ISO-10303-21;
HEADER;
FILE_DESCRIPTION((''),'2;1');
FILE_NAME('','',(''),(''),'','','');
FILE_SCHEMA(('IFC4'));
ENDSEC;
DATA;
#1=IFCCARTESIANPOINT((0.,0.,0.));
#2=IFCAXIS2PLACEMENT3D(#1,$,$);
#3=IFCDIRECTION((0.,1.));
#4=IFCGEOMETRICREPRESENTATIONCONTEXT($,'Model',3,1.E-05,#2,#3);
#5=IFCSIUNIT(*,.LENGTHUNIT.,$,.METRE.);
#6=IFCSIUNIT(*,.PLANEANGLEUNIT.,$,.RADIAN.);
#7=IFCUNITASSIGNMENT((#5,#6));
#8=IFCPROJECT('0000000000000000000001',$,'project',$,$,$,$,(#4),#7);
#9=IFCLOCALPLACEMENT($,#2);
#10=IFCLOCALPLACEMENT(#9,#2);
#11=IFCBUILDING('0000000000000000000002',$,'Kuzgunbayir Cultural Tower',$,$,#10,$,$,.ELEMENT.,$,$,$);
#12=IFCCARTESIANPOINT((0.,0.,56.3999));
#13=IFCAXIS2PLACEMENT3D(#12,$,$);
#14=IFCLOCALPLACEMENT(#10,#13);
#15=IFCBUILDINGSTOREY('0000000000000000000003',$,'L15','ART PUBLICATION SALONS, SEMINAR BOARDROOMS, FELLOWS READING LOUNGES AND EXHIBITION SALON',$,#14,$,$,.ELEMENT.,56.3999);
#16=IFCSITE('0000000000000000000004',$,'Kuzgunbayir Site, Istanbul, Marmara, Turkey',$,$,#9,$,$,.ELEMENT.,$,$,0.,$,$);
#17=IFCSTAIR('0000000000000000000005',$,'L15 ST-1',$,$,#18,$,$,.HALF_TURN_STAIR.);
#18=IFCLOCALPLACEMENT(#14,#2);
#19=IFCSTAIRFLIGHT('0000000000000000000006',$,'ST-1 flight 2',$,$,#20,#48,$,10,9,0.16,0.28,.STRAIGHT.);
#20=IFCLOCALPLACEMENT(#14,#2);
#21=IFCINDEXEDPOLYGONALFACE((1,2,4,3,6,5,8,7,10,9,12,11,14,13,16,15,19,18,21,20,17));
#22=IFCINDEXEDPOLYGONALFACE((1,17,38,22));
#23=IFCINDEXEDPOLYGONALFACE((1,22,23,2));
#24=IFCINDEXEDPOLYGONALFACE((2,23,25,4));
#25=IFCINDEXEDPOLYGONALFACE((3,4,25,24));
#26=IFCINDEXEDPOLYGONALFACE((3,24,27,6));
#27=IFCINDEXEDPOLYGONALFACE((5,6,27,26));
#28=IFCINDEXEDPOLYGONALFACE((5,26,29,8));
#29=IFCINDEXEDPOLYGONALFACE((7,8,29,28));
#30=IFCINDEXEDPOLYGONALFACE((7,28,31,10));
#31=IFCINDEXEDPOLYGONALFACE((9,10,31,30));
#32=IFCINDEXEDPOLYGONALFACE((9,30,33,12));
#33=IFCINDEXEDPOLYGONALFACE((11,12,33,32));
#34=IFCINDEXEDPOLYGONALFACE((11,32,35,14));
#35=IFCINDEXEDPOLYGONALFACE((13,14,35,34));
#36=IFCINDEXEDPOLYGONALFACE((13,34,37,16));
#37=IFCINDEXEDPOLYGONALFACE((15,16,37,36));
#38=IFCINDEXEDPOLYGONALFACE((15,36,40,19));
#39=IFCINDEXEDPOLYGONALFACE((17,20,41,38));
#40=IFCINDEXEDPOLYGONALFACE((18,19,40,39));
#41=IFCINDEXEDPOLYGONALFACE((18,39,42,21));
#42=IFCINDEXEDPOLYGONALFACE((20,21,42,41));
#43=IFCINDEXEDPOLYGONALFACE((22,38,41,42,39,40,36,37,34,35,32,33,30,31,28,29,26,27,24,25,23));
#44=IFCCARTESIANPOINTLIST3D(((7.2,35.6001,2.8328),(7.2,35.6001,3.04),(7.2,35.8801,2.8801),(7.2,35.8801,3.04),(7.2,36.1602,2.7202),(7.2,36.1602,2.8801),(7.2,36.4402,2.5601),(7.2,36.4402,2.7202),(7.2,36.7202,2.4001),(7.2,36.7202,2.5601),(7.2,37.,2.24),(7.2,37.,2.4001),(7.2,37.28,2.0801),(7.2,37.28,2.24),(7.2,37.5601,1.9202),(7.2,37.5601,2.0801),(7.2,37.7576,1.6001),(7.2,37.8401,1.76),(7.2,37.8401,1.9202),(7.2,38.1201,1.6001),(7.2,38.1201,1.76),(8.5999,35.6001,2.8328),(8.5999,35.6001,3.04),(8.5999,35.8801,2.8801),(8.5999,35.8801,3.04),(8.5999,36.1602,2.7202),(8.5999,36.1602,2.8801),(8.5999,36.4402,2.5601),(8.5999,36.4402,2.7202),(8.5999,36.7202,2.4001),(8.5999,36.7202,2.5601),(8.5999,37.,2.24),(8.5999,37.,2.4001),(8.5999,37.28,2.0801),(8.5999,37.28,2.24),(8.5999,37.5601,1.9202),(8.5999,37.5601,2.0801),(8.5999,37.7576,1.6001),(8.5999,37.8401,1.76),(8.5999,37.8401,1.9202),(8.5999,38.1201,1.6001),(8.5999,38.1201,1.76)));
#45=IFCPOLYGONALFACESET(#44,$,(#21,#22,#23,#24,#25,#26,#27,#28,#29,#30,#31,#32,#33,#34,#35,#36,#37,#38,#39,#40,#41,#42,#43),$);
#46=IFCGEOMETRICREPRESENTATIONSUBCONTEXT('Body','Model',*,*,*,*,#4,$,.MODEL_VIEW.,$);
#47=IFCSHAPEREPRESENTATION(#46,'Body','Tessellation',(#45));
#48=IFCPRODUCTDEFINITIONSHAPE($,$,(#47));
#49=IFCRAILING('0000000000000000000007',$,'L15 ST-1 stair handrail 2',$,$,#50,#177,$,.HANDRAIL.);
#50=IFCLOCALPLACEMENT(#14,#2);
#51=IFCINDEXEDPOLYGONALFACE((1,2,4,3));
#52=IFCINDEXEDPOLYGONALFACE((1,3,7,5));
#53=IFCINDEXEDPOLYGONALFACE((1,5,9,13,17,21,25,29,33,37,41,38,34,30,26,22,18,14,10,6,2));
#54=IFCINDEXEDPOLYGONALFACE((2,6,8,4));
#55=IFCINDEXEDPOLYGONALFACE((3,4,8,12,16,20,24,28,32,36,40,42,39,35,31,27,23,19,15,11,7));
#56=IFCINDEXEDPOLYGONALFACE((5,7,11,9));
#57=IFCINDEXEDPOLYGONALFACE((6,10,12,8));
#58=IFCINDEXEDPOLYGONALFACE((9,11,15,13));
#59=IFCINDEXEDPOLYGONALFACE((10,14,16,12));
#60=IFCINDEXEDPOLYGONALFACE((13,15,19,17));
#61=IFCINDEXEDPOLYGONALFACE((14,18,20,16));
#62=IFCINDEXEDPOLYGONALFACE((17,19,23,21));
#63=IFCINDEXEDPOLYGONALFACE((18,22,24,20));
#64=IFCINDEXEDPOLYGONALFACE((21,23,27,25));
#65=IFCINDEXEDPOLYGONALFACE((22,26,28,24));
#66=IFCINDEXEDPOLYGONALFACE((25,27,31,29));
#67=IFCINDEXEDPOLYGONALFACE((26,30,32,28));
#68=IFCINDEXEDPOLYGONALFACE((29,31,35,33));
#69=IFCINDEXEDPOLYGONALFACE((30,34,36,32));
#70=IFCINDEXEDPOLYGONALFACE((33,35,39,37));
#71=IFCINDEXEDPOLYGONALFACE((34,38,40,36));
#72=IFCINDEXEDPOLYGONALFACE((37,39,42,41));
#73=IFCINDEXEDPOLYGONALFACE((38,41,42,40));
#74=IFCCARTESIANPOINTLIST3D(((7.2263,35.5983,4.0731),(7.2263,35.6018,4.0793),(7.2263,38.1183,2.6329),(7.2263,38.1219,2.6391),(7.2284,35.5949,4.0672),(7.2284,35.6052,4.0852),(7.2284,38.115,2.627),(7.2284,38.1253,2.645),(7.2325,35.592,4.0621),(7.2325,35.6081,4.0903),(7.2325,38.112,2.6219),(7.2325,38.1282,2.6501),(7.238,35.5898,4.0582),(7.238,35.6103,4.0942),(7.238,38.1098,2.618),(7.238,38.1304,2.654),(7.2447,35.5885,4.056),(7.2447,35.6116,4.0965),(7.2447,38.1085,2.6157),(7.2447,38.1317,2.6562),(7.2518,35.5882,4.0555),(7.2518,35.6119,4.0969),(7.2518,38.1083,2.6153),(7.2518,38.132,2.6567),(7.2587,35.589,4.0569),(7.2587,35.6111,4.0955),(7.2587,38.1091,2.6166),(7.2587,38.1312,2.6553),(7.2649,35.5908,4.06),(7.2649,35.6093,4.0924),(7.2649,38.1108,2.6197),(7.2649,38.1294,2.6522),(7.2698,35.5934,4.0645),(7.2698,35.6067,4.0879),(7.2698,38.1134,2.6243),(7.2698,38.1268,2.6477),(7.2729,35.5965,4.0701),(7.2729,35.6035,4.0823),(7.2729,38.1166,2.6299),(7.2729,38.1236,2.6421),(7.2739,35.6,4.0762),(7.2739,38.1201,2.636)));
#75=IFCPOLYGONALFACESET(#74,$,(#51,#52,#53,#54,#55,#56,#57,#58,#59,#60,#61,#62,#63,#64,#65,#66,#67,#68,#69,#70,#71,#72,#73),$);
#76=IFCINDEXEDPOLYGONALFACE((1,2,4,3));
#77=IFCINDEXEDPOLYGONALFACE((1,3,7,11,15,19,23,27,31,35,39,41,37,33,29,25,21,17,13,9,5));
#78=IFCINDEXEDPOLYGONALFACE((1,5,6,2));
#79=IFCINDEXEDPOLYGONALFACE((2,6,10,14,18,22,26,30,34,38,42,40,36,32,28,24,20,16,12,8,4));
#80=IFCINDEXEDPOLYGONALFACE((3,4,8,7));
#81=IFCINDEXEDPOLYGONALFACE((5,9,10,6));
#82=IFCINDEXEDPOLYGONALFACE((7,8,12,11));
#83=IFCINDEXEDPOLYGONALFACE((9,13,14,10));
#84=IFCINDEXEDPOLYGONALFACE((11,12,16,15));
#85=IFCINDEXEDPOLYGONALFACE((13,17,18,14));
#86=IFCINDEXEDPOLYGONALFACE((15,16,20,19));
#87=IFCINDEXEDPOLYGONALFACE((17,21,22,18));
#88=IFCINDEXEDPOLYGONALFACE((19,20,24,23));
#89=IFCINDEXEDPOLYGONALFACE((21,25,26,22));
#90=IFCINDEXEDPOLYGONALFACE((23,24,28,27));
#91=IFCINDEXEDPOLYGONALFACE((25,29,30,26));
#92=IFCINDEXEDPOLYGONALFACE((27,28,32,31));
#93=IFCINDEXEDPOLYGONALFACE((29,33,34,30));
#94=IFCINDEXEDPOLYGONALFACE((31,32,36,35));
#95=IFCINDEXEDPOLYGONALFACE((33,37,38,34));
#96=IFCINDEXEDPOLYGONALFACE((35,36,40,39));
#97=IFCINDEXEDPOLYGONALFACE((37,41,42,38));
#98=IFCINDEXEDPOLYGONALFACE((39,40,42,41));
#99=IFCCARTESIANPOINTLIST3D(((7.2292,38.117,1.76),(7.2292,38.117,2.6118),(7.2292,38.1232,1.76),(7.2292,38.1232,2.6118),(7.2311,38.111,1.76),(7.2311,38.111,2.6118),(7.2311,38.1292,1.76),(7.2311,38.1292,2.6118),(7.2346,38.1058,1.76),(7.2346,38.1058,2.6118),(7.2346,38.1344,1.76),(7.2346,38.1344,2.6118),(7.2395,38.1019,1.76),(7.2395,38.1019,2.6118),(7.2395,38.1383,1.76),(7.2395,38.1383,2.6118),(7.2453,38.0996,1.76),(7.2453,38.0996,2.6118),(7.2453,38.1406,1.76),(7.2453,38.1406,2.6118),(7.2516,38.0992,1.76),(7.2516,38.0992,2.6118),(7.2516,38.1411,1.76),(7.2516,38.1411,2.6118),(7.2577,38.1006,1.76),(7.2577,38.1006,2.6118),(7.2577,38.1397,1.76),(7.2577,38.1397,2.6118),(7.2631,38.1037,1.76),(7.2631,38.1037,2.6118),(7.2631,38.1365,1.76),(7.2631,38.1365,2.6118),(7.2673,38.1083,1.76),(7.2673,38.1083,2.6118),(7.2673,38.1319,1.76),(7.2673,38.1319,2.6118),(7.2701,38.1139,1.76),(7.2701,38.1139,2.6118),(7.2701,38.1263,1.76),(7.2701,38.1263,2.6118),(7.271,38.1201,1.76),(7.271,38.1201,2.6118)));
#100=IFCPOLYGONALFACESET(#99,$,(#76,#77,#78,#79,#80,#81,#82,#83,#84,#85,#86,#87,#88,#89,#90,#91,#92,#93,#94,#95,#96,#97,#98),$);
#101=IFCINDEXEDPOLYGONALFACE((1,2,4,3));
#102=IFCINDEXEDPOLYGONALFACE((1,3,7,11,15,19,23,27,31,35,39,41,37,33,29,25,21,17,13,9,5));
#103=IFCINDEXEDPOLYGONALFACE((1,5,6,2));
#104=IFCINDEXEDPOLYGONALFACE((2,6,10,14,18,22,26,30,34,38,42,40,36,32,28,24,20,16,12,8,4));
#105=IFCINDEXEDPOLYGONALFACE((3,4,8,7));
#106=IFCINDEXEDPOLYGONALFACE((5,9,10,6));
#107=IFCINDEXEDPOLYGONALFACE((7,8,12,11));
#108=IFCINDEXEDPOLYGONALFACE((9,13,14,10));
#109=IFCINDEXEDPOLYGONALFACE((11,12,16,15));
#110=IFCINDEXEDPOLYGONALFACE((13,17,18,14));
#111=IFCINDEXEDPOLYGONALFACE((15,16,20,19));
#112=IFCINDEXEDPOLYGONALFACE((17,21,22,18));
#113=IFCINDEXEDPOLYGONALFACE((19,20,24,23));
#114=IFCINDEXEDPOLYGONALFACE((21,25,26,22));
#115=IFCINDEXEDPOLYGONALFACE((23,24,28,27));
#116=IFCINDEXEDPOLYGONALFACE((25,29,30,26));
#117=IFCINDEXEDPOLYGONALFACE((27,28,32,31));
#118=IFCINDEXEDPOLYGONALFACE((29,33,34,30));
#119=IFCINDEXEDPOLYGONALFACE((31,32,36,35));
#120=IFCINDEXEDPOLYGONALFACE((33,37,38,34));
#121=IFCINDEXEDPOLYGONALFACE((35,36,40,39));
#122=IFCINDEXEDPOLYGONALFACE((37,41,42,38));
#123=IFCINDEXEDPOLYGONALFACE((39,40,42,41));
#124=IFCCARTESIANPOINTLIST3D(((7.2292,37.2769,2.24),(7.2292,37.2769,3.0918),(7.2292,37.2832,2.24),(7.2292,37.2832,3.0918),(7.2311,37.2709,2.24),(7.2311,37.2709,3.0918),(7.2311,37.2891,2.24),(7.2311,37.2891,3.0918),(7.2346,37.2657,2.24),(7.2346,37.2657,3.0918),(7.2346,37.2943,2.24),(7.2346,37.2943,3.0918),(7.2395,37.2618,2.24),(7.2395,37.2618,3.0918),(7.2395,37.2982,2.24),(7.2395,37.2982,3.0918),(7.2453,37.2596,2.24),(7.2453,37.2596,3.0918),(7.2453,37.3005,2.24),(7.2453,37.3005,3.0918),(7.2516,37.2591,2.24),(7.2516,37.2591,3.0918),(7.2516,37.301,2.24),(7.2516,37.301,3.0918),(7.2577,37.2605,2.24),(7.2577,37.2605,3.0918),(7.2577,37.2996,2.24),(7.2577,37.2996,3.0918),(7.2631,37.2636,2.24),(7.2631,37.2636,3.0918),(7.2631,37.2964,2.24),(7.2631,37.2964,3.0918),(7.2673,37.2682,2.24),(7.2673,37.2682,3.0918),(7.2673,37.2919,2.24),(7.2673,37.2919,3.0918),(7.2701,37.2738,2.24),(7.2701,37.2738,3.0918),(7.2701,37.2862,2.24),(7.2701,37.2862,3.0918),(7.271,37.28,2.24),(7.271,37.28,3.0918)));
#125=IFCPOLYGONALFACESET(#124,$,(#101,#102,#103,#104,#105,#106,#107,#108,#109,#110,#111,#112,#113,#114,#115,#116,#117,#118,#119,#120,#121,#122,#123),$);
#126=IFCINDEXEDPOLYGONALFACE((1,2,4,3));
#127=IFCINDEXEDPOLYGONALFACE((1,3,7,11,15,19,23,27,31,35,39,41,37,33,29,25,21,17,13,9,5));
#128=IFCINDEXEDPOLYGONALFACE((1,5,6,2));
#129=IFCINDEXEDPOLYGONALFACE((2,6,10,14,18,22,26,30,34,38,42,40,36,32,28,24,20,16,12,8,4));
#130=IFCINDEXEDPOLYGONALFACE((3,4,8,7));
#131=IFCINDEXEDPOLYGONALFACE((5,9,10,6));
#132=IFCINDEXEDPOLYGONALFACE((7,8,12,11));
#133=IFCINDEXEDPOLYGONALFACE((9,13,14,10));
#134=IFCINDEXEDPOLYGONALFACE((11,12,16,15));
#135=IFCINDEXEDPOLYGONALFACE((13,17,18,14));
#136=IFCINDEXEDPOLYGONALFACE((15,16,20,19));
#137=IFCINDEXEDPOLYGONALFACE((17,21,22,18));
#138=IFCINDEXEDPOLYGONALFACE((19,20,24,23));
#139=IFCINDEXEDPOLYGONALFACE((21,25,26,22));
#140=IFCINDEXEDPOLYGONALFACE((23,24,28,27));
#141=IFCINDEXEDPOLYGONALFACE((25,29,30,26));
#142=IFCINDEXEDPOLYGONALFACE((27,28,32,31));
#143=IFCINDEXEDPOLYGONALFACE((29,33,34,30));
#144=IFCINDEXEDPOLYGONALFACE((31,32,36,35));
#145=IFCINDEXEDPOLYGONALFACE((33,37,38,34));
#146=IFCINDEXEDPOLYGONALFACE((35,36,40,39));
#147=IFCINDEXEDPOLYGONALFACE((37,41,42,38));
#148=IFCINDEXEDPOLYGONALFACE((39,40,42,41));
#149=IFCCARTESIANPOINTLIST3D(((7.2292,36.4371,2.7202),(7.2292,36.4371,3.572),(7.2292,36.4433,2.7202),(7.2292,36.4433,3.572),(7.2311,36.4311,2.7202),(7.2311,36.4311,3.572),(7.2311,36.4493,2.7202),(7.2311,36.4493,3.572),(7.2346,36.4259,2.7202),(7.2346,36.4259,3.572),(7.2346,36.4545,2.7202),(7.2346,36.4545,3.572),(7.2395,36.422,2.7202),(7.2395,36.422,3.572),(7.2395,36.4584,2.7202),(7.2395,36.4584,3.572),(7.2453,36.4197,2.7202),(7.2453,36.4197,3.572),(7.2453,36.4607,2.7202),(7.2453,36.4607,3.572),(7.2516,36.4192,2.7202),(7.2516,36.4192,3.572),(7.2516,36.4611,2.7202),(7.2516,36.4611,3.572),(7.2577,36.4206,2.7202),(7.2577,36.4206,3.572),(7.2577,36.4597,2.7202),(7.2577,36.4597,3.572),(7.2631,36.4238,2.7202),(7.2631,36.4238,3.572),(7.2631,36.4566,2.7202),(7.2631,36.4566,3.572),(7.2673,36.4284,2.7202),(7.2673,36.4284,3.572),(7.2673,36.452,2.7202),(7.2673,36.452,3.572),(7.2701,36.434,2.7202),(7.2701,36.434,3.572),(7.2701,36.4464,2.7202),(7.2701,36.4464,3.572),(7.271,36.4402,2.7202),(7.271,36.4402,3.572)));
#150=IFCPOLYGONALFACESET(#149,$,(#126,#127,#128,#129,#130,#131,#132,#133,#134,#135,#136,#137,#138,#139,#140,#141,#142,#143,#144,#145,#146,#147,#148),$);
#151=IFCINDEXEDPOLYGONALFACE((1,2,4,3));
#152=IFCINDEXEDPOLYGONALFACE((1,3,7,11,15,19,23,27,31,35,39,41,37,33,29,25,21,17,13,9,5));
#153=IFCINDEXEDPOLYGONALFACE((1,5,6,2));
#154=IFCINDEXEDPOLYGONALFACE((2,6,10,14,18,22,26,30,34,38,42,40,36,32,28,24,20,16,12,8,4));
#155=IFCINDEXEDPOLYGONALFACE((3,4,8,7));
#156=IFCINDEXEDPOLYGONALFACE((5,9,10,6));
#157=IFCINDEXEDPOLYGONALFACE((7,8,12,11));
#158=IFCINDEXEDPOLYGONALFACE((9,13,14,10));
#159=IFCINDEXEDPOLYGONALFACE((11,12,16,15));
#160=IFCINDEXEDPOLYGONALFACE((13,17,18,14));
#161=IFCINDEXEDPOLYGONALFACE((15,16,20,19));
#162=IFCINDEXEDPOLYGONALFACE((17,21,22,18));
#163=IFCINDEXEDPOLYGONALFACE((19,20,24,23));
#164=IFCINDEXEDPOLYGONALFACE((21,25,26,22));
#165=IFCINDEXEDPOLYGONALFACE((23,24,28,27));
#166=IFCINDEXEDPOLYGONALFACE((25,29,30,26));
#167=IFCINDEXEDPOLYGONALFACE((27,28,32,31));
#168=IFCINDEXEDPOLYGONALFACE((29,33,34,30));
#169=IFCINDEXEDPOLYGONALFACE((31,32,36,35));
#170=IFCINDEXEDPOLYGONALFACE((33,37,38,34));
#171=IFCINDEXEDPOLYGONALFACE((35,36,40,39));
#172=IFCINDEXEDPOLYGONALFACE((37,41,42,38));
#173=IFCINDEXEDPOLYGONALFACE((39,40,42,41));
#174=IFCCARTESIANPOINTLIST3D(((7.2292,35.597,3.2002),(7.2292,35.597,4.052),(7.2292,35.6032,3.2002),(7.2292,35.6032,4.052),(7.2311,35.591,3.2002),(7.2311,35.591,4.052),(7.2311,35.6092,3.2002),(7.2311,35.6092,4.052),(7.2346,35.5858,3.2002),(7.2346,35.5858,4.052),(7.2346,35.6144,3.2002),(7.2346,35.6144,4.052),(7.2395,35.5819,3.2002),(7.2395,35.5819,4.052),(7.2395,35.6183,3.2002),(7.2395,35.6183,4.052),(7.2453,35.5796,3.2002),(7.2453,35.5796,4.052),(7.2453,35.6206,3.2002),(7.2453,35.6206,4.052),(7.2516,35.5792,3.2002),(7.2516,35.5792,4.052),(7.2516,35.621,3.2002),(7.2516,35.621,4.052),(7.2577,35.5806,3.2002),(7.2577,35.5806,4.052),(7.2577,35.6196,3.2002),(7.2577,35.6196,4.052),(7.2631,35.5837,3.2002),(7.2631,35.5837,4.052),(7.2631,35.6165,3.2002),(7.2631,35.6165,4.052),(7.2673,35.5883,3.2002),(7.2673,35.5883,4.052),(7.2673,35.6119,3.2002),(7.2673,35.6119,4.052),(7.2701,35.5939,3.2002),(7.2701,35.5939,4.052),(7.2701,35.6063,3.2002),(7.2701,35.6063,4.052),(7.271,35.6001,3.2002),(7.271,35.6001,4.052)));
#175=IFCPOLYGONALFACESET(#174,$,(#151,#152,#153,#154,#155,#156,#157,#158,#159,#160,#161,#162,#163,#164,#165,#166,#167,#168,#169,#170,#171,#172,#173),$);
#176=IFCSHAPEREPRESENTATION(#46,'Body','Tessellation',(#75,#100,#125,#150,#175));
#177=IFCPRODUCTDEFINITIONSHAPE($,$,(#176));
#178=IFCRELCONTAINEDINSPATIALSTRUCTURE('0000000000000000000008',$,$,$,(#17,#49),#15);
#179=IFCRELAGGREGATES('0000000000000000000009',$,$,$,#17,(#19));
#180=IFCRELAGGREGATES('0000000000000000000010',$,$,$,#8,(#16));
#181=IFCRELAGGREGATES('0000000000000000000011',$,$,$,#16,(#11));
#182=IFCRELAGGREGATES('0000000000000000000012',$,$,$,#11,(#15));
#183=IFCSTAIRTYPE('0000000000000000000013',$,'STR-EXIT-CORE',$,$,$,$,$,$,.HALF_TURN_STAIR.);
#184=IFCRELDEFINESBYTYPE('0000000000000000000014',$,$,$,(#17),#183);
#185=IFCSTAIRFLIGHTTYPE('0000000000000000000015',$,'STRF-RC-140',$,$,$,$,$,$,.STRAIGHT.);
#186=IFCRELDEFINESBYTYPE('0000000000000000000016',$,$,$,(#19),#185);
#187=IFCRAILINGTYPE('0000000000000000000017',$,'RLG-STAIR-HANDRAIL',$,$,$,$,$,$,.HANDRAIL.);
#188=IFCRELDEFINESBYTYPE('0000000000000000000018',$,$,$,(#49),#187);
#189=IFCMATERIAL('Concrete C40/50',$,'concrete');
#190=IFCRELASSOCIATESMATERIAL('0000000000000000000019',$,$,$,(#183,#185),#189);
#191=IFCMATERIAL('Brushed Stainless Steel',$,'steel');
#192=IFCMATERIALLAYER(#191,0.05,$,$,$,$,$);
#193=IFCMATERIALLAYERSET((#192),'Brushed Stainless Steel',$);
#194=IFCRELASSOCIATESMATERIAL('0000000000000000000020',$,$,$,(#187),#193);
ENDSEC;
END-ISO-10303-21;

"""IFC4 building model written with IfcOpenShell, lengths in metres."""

from ifc_helpers import new_model, si_unit, direction, frame, origin, origin_2d, place, context, subcontext, project, spatial, polyline, circle, outline, extrude, material, layer, layer_set, type_object, element, aggregate, save


model = new_model("IFC4")

# Units and contexts
model_context = context("Model", 3, precision=1e-05, world=origin(), true_north=direction((0.0, 1.0)))
body_context = subcontext(model_context, "Body", "Model", "MODEL_VIEW")
ifc_project = project(units=[si_unit("LENGTHUNIT", "METRE"), si_unit("PLANEANGLEUNIT", "RADIAN")], contexts=[model_context])

# Site, building, storey
site_placement = place(None, origin())
site = spatial("IfcSite", under=ifc_project, at=site_placement, Name="Kuzgunbayir Site, Istanbul, Marmara, Turkey", CompositionType="ELEMENT", RefElevation=0.0)
building_placement = place(site_placement, origin())
building = spatial("IfcBuilding", under=site, at=building_placement, Name="Kuzgunbayir Cultural Tower", CompositionType="ELEMENT")
storey_placement = place(building_placement, frame((0.0, 0.0, 56.3999)))
storey = spatial("IfcBuildingStorey", under=building, at=storey_placement, Name="L15", Description="ART PUBLICATION SALONS, SEMINAR BOARDROOMS, FELLOWS READING LOUNGES AND EXHIBITION SALON", CompositionType="ELEMENT", Elevation=56.3999)

# Stair, stair flight
ifc_material_1 = material(Name="Concrete C40/50", Category="concrete")
stair_type = type_object("IfcStairType", Name="STR-EXIT-CORE", PredefinedType="HALF_TURN_STAIR", material=ifc_material_1)
stair_placement = place(storey_placement, origin())
stair = element("IfcStair", 1, at=stair_placement, inside=storey, type_object=stair_type, Name="L15 ST-1", PredefinedType="HALF_TURN_STAIR")
stair_flight_type = type_object("IfcStairFlightType", Name="STRF-RC-140", PredefinedType="STRAIGHT", material=ifc_material_1)
stair_flight_placement = place(storey_placement, frame((7.8999, 38.1201, 1.6001), z_axis=(0.0, 0.0, 1.0), x_axis=(0.0, -1.0, 0.0)))
stair_flight = element("IfcStairFlight", 2, at=stair_flight_placement, type_object=stair_flight_type, Name="ST-1 flight 2", NumberOfRisers=10, NumberOfTreads=9, PredefinedType="STRAIGHT", RiserHeight=0.16, TreadLength=0.28, context=body_context, shape_type="SweptSolid", body=[
    extrude(outline(polyline([(0.0, 0.0), (0.0, 0.1599), (0.28, 0.1599), (0.28, 0.3201), (0.5601, 0.3201), (0.5601, 0.48), (0.8401, 0.48), (0.8401, 0.6399), (1.1201, 0.6399), (1.1201, 0.8), (1.3999, 0.8), (1.3999, 0.96), (1.6799, 0.96), (1.6799, 1.1201), (1.96, 1.1201), (1.96, 1.28), (2.24, 1.28), (2.24, 1.4399), (2.52, 1.4399), (2.52, 1.6001), (2.52, 1.2327), (0.3625, 0.0), (0.0, 0.0)])), frame((0.0, 0.7, 0.0), z_axis=(0.0, -1.0, 0.0), x_axis=(1.0, 0.0, 0.0)), (0.0, 0.0, 1.0), 1.3999),
])
aggregate(stair, [stair_flight])

# Railing
ifc_material_2 = material(Name="Brushed Stainless Steel", Category="steel")
ifc_layer_1 = layer(ifc_material_2, 0.05)
ifc_layer_set_1 = layer_set([ifc_layer_1], Name="Brushed Stainless Steel")
railing_type_1 = type_object("IfcRailingType", Name="RLG-STAIR-HANDRAIL", PredefinedType="HANDRAIL", material=ifc_layer_set_1)
railing_1_placement = place(storey_placement, frame((7.25, 38.1201, 1.76)))
element("IfcRailing", 3, at=railing_1_placement, inside=storey, type_object=railing_type_1, Name="L15 ST-1 stair handrail 2", PredefinedType="HANDRAIL", context=body_context, shape_type="SweptSolid", body=[
    extrude(circle(Radius=0.0239, at=origin_2d()), frame((0.0, 0.0, 0.876), z_axis=(0.0, -0.868217, 0.496184), x_axis=(1.0, 0.0, 0.0)), (0.0, 0.0, 1.0), 2.9026),
    extrude(circle(Radius=0.021, at=origin_2d()), origin(), (0.0, 0.0, 1.0), 0.8518),
    extrude(circle(Radius=0.021, at=origin_2d()), frame((0.0, -0.8401, 0.48)), (0.0, 0.0, 1.0), 0.8518),
    extrude(circle(Radius=0.021, at=origin_2d()), frame((0.0, -1.6799, 0.9602)), (0.0, 0.0, 1.0), 0.8518),
    extrude(circle(Radius=0.021, at=origin_2d()), frame((0.0, -2.52, 1.4402)), (0.0, 0.0, 1.0), 0.8518),
])

save(model, "model.ifc")
